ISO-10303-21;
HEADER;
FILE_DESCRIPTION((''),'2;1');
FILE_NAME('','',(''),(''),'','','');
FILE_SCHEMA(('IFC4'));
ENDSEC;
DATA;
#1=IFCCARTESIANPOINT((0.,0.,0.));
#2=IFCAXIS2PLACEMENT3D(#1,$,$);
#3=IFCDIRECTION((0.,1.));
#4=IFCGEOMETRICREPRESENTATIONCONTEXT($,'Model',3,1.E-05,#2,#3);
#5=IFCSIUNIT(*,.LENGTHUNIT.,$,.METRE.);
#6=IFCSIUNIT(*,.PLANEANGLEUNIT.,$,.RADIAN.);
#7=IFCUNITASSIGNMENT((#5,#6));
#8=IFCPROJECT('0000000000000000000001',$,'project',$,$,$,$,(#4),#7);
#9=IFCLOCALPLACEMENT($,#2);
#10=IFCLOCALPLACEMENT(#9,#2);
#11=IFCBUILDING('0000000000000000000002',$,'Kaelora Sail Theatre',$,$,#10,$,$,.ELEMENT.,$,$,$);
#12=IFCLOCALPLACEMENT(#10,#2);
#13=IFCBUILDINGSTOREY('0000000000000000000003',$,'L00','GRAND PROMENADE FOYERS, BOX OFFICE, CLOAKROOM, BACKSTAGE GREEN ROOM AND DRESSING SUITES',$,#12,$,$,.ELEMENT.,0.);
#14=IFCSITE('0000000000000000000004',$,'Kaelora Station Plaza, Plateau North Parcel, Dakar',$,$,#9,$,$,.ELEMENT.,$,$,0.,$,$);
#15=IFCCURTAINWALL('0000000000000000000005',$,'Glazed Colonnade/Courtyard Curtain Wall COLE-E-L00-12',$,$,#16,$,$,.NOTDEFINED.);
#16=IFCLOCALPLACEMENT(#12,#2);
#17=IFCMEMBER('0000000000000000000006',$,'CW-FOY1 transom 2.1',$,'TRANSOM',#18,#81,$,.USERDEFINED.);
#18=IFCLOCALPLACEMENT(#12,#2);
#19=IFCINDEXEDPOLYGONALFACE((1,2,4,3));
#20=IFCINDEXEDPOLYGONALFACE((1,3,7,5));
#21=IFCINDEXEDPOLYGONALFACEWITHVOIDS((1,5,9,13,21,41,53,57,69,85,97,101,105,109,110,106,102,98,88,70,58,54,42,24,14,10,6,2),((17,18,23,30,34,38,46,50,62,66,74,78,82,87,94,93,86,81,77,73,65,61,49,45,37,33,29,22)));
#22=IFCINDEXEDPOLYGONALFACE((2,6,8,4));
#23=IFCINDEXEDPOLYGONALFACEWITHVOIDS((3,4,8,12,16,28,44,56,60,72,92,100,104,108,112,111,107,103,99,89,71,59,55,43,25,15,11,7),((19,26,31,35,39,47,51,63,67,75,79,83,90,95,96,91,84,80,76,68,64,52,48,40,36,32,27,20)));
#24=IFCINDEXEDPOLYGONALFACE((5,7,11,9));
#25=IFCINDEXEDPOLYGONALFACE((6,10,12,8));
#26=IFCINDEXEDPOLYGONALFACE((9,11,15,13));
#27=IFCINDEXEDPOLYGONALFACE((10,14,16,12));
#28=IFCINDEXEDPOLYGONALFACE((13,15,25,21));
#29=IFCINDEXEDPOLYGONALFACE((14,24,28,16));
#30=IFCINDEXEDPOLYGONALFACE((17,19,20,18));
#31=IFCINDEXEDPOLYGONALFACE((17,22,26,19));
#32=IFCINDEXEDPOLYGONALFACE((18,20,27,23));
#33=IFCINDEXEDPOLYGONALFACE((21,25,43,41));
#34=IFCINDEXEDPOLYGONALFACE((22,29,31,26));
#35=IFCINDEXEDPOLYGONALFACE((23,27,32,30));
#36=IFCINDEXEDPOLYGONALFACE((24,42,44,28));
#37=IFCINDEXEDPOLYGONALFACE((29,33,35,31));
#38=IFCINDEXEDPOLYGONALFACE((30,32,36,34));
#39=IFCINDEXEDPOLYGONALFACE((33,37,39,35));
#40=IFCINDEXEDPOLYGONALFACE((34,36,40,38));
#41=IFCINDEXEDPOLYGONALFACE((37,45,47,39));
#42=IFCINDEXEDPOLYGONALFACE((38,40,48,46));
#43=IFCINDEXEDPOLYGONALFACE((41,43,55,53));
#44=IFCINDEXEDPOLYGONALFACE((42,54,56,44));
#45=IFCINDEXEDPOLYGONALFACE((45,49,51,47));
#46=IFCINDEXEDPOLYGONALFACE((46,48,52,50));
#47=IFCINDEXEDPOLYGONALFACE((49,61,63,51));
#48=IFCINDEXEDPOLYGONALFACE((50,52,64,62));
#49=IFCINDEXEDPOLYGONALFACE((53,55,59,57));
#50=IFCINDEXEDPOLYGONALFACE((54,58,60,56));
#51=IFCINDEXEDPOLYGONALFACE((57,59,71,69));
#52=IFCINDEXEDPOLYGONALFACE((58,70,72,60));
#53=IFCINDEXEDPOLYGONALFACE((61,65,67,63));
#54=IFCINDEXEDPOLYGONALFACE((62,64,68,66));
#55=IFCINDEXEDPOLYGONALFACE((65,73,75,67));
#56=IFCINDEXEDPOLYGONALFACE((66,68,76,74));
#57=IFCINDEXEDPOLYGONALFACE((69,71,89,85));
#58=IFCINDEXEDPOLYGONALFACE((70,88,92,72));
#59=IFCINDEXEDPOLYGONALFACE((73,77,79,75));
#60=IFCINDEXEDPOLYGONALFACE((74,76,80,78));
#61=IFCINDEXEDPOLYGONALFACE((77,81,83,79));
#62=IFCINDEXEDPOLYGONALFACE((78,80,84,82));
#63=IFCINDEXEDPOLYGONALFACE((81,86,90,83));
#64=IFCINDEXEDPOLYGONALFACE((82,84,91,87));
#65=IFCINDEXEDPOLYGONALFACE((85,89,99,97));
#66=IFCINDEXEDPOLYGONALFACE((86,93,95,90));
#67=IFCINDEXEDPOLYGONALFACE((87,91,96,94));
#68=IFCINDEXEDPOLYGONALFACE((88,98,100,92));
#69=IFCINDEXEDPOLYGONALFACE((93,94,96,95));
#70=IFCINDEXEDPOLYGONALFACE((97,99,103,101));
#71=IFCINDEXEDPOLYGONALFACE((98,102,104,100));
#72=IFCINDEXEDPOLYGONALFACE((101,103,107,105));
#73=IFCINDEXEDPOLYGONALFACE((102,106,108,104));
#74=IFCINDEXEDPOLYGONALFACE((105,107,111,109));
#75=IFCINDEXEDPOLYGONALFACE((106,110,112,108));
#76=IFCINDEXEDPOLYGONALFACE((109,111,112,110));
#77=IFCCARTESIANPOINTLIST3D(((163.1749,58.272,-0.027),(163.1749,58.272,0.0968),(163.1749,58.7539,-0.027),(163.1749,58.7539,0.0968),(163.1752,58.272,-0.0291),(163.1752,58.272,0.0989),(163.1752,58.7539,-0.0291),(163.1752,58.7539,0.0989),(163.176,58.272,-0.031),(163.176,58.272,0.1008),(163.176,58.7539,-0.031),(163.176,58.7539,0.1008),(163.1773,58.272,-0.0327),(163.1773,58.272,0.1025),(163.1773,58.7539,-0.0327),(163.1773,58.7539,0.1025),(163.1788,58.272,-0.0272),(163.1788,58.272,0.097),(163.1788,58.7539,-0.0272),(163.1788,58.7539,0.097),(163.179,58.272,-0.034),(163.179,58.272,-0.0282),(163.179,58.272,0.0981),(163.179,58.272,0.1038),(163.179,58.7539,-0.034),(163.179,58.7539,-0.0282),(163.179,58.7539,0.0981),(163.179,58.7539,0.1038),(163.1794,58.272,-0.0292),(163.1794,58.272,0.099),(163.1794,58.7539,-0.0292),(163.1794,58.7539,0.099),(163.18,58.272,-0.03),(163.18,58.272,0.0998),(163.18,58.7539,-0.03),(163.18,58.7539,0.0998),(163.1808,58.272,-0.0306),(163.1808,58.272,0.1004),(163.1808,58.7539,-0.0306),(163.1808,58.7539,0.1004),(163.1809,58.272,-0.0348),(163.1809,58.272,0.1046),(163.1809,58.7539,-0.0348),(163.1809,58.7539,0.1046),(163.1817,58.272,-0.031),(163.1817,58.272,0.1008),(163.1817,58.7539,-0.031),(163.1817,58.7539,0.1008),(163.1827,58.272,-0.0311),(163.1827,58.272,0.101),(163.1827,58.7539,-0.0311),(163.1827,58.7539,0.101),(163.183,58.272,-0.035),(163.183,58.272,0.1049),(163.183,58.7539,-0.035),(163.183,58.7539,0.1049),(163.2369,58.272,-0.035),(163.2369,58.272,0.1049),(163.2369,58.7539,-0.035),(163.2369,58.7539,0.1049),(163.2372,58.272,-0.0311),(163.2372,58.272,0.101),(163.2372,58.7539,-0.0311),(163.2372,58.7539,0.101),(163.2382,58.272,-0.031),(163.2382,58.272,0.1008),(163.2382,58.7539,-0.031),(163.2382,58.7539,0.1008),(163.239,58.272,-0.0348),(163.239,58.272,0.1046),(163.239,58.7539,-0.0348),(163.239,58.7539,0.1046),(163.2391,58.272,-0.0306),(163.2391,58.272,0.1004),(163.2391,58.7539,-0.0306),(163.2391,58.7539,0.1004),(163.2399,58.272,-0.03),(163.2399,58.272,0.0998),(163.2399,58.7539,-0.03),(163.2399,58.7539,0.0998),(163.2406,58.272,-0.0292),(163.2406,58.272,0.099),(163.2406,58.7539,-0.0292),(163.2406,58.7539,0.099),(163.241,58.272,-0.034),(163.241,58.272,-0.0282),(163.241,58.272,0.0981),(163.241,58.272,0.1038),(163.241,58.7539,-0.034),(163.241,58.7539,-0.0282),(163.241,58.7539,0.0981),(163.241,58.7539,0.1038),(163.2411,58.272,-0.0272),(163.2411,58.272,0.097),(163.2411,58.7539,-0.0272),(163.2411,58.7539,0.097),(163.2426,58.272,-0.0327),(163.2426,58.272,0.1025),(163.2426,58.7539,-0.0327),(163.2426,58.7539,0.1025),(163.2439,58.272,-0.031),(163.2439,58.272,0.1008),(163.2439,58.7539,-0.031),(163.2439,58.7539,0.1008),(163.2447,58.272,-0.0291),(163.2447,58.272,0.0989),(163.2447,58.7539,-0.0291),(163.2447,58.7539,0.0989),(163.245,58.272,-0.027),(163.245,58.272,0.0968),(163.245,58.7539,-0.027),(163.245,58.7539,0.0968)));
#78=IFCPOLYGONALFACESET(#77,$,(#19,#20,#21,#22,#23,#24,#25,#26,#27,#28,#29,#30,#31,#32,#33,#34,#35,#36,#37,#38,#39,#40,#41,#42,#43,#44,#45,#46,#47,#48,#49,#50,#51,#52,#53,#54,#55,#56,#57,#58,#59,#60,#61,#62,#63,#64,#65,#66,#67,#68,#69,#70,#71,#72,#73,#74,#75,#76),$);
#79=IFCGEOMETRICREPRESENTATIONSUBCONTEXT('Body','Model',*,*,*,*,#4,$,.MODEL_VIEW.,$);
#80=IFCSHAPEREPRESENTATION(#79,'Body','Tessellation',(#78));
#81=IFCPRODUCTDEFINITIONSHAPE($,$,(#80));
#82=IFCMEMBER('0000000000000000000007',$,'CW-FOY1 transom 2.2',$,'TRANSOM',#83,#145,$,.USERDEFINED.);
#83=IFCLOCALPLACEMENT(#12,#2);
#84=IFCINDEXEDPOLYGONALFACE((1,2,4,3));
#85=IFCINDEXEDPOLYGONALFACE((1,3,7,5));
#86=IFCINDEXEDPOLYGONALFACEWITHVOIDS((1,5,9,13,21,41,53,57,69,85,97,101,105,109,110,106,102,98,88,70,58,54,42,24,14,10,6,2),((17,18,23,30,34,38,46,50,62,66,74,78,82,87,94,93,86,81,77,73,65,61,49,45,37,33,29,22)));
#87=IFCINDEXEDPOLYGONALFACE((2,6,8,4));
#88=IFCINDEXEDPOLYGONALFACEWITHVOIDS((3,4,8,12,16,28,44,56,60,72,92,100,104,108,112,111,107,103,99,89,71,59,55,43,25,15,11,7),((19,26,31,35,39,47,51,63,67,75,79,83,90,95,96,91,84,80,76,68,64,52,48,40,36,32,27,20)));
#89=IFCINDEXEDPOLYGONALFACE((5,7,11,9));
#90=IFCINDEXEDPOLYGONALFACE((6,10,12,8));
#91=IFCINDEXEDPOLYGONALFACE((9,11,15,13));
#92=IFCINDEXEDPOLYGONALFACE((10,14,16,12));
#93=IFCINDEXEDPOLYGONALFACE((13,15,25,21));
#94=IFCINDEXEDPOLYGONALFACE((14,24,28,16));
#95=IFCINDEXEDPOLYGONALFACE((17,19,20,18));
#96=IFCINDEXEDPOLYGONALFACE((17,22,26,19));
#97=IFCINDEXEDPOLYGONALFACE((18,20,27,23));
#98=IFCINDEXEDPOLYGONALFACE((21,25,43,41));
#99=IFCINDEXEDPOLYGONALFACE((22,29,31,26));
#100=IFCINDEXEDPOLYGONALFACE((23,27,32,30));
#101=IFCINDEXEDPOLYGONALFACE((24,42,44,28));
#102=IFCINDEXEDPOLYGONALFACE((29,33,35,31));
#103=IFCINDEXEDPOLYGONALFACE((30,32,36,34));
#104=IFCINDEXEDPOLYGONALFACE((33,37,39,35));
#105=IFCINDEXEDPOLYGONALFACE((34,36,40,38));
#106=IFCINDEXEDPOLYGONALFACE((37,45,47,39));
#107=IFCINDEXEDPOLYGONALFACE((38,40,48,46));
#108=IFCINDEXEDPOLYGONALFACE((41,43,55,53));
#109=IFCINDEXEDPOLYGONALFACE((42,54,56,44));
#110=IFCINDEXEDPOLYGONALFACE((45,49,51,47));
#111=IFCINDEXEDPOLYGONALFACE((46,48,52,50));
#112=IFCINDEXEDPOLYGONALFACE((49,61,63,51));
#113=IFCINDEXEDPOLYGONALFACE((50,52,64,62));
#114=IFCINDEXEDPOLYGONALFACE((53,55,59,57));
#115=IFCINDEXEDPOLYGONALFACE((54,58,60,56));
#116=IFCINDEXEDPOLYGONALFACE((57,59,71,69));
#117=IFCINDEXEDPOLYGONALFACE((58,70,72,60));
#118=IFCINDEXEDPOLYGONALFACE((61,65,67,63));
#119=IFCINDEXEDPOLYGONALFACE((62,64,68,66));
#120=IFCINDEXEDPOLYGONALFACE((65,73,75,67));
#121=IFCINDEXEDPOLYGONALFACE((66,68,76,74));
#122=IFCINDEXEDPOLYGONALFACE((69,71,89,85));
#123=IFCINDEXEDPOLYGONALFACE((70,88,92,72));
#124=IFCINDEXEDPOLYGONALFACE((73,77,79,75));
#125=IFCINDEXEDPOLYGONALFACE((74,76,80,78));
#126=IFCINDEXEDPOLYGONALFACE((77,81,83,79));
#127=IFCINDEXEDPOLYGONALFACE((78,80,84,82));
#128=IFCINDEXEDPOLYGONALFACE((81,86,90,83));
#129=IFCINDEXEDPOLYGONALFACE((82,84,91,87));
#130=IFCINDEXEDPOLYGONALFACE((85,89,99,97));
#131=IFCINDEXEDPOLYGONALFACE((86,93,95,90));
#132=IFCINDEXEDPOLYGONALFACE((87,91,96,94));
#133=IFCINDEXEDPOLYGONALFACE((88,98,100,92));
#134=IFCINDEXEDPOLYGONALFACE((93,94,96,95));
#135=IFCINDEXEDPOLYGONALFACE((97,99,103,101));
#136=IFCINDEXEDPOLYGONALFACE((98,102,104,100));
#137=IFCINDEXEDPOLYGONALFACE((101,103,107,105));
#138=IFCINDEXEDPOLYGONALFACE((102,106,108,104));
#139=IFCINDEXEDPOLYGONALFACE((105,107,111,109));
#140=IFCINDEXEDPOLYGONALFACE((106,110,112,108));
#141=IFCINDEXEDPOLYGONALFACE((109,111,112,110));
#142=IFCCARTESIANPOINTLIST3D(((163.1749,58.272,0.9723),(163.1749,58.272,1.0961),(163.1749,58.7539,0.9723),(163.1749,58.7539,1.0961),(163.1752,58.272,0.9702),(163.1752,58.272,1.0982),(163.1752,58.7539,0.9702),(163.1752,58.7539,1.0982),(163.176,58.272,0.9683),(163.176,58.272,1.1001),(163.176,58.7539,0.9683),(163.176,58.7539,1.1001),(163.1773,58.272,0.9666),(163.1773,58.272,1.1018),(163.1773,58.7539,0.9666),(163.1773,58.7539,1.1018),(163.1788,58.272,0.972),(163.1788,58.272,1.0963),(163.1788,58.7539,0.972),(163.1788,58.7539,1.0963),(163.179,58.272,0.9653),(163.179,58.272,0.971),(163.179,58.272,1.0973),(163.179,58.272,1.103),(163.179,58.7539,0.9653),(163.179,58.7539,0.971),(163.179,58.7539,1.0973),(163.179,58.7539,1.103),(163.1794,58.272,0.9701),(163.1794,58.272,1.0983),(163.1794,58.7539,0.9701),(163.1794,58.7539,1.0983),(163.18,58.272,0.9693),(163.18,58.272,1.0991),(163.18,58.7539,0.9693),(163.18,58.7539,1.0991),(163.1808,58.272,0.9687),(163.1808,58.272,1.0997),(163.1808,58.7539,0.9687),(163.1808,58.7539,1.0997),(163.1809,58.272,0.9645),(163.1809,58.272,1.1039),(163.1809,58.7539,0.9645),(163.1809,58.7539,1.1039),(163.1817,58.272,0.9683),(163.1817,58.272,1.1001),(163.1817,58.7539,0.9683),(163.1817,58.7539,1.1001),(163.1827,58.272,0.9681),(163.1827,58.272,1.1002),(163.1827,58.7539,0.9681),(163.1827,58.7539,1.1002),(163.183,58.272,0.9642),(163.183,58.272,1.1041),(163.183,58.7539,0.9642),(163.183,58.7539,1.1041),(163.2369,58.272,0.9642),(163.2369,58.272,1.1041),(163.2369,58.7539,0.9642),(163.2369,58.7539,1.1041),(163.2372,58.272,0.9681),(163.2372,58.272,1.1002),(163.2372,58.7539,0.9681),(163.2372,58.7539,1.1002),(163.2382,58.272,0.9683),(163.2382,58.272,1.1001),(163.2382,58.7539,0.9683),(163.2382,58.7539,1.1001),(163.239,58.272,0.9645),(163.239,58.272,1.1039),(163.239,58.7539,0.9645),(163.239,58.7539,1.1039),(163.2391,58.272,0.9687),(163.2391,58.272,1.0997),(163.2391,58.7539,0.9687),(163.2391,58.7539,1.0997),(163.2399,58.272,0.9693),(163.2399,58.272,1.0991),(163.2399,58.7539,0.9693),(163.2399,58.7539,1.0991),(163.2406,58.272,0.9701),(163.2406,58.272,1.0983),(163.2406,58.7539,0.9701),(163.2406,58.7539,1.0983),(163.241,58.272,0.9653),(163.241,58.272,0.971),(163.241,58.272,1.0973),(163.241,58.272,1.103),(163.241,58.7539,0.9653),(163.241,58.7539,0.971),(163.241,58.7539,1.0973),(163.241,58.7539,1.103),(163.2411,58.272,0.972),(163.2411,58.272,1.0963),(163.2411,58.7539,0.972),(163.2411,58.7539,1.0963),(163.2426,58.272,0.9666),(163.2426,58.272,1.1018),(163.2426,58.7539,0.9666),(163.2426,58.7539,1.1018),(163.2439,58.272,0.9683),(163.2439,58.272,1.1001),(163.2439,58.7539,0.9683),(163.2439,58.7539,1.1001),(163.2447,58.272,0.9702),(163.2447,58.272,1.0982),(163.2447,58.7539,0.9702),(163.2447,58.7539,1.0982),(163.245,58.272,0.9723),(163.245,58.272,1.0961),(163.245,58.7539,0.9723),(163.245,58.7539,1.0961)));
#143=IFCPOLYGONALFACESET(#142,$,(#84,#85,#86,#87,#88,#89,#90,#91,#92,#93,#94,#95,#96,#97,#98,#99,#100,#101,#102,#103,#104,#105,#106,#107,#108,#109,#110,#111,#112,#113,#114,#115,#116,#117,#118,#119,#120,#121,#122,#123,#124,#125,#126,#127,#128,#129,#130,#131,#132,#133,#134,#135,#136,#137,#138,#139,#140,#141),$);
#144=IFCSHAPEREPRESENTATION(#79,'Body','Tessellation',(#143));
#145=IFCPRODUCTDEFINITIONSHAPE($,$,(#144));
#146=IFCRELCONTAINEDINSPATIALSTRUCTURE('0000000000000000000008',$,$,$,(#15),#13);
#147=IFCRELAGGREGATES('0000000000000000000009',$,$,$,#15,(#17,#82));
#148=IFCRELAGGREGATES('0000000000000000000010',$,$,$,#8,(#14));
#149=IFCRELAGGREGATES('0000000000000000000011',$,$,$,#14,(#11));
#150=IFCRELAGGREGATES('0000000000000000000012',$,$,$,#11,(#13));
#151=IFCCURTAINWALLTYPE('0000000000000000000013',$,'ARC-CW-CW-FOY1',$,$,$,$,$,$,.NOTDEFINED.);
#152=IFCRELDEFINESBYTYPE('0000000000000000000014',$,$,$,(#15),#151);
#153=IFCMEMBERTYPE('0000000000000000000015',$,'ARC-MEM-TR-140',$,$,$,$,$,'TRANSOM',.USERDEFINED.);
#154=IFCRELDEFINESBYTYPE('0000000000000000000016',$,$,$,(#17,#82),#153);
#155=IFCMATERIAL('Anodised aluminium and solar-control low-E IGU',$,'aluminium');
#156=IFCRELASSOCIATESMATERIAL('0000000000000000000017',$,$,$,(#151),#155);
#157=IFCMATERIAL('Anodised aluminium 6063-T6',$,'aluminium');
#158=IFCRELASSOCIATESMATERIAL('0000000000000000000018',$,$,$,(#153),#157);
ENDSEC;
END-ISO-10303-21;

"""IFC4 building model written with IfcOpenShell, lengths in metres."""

from ifc_helpers import new_model, si_unit, direction, frame, origin, origin_2d, place, context, subcontext, project, spatial, hollow_rectangle, extrude, material, material_profile, profile_set, type_object, element, aggregate, save


model = new_model("IFC4")

# Units and contexts
model_context = context("Model", 3, precision=1e-05, world=origin(), true_north=direction((0.0, 1.0)))
body_context = subcontext(model_context, "Body", "Model", "MODEL_VIEW")
ifc_project = project(units=[si_unit("LENGTHUNIT", "METRE"), si_unit("PLANEANGLEUNIT", "RADIAN")], contexts=[model_context])

# Site, building, storey
site_placement = place(None, origin())
site = spatial("IfcSite", under=ifc_project, at=site_placement, Name="Kaelora Station Plaza, Plateau North Parcel, Dakar", CompositionType="ELEMENT", RefElevation=0.0)
building_placement = place(site_placement, origin())
building = spatial("IfcBuilding", under=site, at=building_placement, Name="Kaelora Sail Theatre", CompositionType="ELEMENT")
storey_placement = place(building_placement, origin())
storey = spatial("IfcBuildingStorey", under=building, at=storey_placement, Name="L00", Description="GRAND PROMENADE FOYERS, BOX OFFICE, CLOAKROOM, BACKSTAGE GREEN ROOM AND DRESSING SUITES", CompositionType="ELEMENT", Elevation=0.0)

# Shared definitions
ifc_material_1 = material(Name="Anodised aluminium and solar-control low-E IGU", Category="aluminium")
curtain_wall_type = type_object("IfcCurtainWallType", Name="ARC-CW-CW-FOY1", PredefinedType="NOTDEFINED", material=ifc_material_1)

# Curtain wall, members
curtain_wall_1_placement = place(storey_placement, origin())
curtain_wall_1 = element("IfcCurtainWall", 1, at=curtain_wall_1_placement, inside=storey, type_object=curtain_wall_type, Name="Glazed Colonnade/Courtyard Curtain Wall COLE-E-L00-12", PredefinedType="NOTDEFINED")
ifc_material_2 = material(Name="Anodised aluminium 6063-T6", Category="aluminium")
ifc_material_profile_1 = material_profile(ifc_material_2, hollow_rectangle(XDim=0.0701, YDim=0.1399, WallThickness=0.0039, InnerFilletRadius=0.0039, OuterFilletRadius=0.0081, at=origin_2d()), Name="ALU-TRAN 70x140x4")
ifc_profile_set_1 = profile_set([ifc_material_profile_1], Name="Anodised aluminium 6063-T6")
member_type_1 = type_object("IfcMemberType", Name="ARC-MEM-TR-140", ElementType="TRANSOM", PredefinedType="USERDEFINED", material=ifc_profile_set_1)
member_1_placement = place(storey_placement, frame((163.21, 58.272, 0.0349), z_axis=(0.0, 1.0, 0.0), x_axis=(-1.0, 0.0, 0.0)))
member_1 = element("IfcMember", 2, at=member_1_placement, type_object=member_type_1, Name="CW-FOY1 transom 2.1", ObjectType="TRANSOM", PredefinedType="USERDEFINED", context=body_context, shape_type="SweptSolid", body=[
    extrude(hollow_rectangle(XDim=0.0701, YDim=0.1399, WallThickness=0.0039, InnerFilletRadius=0.0039, OuterFilletRadius=0.0081, at=origin_2d()), origin(), (0.0, 0.0, 1.0), 0.4819),
])
member_2_placement = place(storey_placement, frame((163.21, 58.272, 1.0342), z_axis=(0.0, 1.0, 0.0), x_axis=(-1.0, 0.0, 0.0)))
member_2 = element("IfcMember", 3, at=member_2_placement, type_object=member_type_1, Name="CW-FOY1 transom 2.2", ObjectType="TRANSOM", PredefinedType="USERDEFINED", context=body_context, shape_type="SweptSolid", body=[
    extrude(hollow_rectangle(XDim=0.0701, YDim=0.1399, WallThickness=0.0039, InnerFilletRadius=0.0039, OuterFilletRadius=0.0081, at=origin_2d()), origin(), (0.0, 0.0, 1.0), 0.4819),
])
aggregate(curtain_wall_1, [member_1, member_2])

save(model, "model.ifc")
